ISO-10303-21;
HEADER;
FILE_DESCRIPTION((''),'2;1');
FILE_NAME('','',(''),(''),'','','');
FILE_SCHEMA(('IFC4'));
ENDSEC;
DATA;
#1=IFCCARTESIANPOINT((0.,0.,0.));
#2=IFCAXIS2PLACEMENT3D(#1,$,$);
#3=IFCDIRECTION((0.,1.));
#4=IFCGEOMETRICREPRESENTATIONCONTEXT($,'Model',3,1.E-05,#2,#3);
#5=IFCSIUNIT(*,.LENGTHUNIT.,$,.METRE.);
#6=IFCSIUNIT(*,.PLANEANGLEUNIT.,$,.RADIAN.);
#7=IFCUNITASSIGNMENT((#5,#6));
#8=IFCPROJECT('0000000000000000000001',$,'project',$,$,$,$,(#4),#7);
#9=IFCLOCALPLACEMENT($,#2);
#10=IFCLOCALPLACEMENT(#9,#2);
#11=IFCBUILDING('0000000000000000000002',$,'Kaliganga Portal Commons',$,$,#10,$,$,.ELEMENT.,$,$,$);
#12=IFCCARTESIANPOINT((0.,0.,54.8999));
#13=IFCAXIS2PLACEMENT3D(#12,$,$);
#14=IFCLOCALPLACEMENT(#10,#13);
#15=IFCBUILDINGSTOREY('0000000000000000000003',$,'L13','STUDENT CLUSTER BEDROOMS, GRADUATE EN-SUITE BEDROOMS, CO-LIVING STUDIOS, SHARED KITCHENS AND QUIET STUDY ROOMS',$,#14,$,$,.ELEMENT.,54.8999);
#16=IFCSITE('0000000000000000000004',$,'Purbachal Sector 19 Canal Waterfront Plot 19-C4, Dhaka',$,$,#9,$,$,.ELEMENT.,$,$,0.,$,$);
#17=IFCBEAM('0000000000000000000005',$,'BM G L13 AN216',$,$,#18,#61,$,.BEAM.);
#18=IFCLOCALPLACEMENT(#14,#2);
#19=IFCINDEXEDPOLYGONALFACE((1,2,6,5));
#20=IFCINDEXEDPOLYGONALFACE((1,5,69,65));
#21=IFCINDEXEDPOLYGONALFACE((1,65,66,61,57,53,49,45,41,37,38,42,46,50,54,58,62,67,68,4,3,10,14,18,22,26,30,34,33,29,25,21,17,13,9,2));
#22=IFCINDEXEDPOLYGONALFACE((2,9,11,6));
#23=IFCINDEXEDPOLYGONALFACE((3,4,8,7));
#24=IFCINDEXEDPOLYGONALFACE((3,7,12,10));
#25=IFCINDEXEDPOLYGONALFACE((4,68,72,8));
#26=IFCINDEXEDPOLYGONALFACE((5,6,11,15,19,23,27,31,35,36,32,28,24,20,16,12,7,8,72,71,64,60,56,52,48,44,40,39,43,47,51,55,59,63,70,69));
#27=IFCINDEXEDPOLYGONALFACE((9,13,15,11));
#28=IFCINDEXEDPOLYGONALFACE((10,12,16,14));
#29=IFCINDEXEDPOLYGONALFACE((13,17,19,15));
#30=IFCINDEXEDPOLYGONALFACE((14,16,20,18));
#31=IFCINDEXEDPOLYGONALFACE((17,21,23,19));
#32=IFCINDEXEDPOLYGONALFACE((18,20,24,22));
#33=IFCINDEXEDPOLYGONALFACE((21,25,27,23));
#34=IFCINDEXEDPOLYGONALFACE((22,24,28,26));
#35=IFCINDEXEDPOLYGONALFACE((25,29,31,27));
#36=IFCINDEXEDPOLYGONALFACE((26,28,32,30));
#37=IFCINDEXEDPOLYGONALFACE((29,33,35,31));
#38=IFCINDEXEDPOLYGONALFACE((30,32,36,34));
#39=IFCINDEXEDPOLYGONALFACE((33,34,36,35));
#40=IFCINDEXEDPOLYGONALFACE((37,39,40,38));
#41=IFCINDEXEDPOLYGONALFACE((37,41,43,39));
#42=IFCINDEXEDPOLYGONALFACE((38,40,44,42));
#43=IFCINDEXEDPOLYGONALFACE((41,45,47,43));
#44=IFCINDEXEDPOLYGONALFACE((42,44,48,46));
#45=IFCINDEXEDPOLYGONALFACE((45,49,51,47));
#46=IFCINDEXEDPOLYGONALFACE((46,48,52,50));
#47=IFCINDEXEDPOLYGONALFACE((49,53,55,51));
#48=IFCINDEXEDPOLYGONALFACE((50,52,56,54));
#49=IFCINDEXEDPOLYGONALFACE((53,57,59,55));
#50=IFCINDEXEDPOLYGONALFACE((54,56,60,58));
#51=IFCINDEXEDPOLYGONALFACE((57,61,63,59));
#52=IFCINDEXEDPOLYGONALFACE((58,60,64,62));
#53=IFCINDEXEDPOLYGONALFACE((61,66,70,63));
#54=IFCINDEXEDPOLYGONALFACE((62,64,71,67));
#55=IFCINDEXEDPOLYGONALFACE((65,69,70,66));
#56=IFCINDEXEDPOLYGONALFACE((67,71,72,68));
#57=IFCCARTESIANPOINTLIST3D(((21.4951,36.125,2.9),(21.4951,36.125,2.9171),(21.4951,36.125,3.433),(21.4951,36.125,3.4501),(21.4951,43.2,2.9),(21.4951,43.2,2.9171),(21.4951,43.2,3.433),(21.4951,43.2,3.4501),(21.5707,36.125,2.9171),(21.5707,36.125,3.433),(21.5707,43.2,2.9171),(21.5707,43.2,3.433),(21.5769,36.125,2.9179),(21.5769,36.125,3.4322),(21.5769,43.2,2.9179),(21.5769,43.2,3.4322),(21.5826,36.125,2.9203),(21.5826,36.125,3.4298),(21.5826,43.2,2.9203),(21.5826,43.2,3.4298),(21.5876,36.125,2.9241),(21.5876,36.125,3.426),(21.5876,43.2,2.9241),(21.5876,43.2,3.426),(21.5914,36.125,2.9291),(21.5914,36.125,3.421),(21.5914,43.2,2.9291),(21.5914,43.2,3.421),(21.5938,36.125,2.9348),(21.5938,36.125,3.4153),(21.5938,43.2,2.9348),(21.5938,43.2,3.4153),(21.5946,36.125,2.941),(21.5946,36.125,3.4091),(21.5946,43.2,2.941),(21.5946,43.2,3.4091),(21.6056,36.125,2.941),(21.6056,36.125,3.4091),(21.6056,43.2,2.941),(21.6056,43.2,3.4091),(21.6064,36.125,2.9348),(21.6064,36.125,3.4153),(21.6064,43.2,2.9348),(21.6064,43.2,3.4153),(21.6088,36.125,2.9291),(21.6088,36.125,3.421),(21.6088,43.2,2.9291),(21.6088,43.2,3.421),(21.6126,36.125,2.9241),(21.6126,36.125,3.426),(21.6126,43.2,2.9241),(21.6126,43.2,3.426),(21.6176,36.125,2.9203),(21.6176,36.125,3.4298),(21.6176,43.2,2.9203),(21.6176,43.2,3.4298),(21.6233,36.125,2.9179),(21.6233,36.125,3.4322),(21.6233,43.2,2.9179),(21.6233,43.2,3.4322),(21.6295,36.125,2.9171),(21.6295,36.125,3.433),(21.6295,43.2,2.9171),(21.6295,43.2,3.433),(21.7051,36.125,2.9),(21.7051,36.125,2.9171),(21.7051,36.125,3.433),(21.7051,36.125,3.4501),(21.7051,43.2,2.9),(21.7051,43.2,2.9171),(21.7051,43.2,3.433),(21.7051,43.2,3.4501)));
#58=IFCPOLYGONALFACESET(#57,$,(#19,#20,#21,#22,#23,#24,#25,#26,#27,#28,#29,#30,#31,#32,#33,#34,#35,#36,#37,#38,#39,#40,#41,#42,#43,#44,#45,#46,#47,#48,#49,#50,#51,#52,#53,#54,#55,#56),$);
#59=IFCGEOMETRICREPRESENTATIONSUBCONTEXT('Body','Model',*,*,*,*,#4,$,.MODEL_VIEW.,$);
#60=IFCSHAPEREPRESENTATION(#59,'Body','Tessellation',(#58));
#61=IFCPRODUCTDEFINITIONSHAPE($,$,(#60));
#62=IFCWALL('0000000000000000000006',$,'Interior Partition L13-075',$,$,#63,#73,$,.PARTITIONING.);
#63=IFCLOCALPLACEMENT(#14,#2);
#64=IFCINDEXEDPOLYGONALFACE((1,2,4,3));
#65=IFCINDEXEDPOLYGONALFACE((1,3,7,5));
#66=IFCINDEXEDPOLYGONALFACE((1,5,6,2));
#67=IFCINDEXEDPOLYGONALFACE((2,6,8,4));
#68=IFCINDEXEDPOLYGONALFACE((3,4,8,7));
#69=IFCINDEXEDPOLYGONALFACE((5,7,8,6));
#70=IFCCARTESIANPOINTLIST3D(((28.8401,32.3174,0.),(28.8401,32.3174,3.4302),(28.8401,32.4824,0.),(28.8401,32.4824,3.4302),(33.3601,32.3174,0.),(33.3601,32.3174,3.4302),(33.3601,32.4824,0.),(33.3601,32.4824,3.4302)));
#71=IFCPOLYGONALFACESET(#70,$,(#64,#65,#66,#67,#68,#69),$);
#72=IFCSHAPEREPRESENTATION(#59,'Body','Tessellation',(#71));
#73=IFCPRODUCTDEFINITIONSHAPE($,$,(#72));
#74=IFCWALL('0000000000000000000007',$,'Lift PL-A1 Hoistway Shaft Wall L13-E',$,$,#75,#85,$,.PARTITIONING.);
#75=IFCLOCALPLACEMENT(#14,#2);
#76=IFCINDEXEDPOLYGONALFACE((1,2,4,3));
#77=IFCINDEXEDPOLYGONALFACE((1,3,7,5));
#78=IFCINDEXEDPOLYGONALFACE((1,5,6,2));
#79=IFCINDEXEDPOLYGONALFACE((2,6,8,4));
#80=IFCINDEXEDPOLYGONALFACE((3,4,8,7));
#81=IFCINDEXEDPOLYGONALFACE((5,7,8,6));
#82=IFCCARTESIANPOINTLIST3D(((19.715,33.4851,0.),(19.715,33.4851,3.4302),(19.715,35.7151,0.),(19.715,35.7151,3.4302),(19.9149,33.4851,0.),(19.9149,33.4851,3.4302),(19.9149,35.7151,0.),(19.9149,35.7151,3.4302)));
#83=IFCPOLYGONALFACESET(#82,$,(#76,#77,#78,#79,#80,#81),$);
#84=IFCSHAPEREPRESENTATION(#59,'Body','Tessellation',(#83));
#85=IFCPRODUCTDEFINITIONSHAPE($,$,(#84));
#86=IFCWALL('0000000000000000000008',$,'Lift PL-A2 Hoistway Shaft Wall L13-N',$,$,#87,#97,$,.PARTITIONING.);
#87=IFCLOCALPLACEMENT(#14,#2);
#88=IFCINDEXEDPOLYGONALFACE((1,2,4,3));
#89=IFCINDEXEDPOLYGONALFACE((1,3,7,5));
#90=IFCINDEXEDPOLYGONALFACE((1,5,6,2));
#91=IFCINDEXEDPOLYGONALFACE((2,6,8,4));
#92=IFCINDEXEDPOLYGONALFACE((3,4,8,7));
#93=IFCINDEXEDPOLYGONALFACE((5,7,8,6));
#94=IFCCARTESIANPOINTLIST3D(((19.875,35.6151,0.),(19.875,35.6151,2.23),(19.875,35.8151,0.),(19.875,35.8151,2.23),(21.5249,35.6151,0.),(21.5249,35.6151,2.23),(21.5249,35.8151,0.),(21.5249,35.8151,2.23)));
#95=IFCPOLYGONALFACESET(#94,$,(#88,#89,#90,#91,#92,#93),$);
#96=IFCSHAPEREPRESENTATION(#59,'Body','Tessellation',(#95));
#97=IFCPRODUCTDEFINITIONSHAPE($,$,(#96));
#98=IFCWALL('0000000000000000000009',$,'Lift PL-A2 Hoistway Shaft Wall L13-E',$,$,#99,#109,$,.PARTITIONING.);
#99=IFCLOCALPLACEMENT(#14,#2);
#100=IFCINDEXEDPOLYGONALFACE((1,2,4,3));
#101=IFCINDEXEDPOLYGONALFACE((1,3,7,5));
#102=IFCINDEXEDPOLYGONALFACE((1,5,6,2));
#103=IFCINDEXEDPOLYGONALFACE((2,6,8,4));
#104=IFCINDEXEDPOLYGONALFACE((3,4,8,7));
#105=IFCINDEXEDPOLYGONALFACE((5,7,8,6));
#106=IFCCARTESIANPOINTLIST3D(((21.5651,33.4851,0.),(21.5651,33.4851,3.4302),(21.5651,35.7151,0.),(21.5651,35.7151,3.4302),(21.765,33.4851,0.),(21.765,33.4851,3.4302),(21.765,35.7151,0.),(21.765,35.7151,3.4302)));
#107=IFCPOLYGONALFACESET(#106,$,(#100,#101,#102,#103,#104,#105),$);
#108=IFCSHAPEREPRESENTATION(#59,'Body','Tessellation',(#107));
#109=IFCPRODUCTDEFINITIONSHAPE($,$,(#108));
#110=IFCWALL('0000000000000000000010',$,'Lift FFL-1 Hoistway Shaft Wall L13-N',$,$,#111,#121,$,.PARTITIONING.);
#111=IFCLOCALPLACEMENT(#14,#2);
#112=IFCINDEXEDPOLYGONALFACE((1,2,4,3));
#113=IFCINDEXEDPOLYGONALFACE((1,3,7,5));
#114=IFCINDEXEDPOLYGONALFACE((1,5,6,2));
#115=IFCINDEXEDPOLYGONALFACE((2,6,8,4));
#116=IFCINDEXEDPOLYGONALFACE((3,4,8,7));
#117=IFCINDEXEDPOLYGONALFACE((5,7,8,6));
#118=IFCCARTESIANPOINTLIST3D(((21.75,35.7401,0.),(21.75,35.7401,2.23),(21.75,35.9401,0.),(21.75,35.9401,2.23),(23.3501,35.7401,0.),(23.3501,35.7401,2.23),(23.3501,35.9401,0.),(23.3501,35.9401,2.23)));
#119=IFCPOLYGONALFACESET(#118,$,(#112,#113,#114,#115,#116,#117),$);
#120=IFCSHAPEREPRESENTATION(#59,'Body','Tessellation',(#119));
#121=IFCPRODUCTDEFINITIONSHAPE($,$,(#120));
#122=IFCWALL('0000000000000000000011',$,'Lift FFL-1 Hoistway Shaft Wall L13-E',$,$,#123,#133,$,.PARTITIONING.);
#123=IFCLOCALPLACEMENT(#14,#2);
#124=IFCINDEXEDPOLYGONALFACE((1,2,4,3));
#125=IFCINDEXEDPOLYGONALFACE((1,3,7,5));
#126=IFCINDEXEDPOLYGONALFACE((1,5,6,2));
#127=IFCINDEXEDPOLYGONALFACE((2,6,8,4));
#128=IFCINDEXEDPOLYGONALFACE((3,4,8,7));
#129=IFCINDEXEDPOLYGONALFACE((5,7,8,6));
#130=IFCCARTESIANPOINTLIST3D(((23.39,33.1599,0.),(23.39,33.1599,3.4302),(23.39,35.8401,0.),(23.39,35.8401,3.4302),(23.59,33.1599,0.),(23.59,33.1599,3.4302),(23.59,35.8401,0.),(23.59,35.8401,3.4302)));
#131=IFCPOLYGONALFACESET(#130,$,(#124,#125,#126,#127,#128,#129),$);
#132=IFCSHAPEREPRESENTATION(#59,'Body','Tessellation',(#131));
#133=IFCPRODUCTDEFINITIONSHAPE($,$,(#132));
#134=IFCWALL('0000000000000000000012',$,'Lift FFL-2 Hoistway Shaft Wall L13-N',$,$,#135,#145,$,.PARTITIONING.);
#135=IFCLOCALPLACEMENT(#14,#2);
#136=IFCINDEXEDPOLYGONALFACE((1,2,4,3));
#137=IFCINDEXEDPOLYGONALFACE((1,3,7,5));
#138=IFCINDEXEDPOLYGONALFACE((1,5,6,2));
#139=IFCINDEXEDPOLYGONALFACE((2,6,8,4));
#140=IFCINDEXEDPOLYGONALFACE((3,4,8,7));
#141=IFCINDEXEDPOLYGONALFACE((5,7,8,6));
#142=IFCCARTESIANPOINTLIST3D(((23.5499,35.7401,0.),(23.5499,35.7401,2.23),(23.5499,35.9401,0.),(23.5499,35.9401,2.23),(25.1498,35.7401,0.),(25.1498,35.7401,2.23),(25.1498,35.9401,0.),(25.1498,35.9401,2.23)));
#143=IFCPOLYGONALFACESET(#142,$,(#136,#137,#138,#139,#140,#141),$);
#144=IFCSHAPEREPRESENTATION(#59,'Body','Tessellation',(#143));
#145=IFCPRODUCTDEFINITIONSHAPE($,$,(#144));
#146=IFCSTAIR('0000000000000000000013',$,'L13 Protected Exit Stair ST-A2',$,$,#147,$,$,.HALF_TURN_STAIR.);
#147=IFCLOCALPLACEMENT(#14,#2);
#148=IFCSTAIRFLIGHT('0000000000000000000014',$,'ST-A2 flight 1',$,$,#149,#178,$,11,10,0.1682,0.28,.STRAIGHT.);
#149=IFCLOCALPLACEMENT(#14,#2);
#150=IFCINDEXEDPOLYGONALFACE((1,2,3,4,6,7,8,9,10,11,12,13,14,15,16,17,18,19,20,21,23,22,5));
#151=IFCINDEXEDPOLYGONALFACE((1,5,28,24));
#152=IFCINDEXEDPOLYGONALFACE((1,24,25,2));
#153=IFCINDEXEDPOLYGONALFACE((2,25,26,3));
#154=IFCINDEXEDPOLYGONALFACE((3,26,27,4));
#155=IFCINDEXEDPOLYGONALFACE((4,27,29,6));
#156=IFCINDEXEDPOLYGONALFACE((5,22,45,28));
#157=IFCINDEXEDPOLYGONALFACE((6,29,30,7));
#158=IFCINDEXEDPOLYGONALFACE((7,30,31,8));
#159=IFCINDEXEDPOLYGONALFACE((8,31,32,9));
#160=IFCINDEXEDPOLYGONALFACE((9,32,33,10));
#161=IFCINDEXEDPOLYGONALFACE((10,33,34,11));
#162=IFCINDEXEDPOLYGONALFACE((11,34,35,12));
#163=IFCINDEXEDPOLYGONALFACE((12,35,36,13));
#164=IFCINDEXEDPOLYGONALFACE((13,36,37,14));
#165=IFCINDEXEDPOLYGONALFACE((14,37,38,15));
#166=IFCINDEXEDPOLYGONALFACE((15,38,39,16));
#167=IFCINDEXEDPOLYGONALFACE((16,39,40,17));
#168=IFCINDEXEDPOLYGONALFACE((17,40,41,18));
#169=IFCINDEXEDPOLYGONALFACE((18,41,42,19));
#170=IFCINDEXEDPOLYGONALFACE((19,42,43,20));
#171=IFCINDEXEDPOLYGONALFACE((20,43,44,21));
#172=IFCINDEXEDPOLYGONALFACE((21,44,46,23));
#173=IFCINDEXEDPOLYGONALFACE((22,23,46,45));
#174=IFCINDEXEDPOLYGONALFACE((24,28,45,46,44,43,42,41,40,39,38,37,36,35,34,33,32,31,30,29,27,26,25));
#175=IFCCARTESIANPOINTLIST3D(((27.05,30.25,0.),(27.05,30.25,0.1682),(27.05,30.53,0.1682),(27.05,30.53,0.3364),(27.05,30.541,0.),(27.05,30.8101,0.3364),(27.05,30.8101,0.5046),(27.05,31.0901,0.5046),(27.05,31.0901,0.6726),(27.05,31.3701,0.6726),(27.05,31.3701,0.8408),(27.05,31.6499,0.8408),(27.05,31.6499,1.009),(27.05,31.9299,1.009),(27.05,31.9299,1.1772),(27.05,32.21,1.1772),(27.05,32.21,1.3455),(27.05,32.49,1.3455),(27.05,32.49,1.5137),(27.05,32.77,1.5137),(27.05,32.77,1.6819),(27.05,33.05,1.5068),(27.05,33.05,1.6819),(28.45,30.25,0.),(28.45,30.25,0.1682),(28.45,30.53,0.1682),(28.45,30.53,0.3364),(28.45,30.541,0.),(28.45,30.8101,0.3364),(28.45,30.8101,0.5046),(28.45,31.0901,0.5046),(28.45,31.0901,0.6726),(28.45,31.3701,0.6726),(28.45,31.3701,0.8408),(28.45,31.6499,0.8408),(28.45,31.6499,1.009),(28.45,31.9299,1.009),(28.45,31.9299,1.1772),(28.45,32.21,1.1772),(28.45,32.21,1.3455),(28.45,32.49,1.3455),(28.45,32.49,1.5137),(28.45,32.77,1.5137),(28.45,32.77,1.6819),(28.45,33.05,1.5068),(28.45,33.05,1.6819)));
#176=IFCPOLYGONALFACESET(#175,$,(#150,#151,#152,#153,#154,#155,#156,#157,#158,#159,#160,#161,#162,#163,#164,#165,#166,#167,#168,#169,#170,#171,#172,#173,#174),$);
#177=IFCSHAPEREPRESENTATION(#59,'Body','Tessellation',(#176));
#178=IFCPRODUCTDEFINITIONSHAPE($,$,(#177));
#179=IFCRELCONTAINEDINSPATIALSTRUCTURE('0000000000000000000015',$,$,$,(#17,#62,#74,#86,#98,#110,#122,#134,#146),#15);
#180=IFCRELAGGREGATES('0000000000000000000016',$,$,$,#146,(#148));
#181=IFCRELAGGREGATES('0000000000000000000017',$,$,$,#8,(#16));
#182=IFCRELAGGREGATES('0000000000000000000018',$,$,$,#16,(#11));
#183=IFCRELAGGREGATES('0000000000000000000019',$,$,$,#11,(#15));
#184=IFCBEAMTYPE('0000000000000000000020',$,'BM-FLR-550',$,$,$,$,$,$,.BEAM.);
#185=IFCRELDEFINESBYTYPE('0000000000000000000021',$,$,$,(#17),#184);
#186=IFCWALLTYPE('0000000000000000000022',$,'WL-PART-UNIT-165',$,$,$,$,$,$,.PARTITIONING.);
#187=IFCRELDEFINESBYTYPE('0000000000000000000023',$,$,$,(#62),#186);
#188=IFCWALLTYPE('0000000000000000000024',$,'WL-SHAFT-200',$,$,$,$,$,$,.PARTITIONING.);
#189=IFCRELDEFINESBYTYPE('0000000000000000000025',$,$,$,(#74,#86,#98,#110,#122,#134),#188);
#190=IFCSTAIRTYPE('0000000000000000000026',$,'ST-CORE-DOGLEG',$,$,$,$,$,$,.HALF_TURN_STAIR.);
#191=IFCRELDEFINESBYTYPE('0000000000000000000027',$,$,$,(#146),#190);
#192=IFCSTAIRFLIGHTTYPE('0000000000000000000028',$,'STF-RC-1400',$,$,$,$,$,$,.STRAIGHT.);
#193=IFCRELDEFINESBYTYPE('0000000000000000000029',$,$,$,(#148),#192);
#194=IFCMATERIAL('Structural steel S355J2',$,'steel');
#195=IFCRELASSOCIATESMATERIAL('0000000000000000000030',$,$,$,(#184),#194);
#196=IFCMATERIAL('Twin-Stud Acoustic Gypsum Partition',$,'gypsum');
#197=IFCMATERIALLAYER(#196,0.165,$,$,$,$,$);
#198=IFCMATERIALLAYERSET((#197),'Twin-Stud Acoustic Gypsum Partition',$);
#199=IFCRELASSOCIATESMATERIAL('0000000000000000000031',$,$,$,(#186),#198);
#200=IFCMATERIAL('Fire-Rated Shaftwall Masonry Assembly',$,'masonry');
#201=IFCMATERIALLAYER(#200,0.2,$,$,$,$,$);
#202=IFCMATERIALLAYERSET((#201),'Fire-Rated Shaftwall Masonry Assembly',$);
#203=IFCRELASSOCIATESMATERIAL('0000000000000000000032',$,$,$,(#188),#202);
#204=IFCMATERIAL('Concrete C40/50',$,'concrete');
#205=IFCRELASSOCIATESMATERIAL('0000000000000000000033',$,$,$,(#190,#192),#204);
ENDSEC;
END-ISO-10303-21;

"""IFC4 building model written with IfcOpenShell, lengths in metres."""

from ifc_helpers import new_model, si_unit, direction, frame, frame_2d, origin, origin_2d, place, context, subcontext, project, spatial, polyline, rectangle, i_section, outline, extrude, source, transform, mapped, material, layer, layer_set, material_profile, profile_set, type_object, element, aggregate, save


model = new_model("IFC4")

# Units and contexts
model_context = context("Model", 3, precision=1e-05, world=origin(), true_north=direction((0.0, 1.0)))
body_context = subcontext(model_context, "Body", "Model", "MODEL_VIEW")
ifc_project = project(units=[si_unit("LENGTHUNIT", "METRE"), si_unit("PLANEANGLEUNIT", "RADIAN")], contexts=[model_context])

# Site, building, storey
site_placement = place(None, origin())
site = spatial("IfcSite", under=ifc_project, at=site_placement, Name="Purbachal Sector 19 Canal Waterfront Plot 19-C4, Dhaka", CompositionType="ELEMENT", RefElevation=0.0)
building_placement = place(site_placement, origin())
building = spatial("IfcBuilding", under=site, at=building_placement, Name="Kaliganga Portal Commons", CompositionType="ELEMENT")
storey_placement = place(building_placement, frame((0.0, 0.0, 54.8999)))
storey = spatial("IfcBuildingStorey", under=building, at=storey_placement, Name="L13", Description="STUDENT CLUSTER BEDROOMS, GRADUATE EN-SUITE BEDROOMS, CO-LIVING STUDIOS, SHARED KITCHENS AND QUIET STUDY ROOMS", CompositionType="ELEMENT", Elevation=54.8999)

# Beam
ifc_material_1 = material(Name="Structural steel S355J2", Category="steel")
ifc_material_profile = material_profile(ifc_material_1, i_section(OverallWidth=0.21, OverallDepth=0.55, WebThickness=0.011, FlangeThickness=0.0171, FilletRadius=0.0239, at=origin_2d()), Name="IPE 550")
ifc_profile_set = profile_set([ifc_material_profile], Name="Structural steel S355J2 wide-flange")
beam_type = type_object("IfcBeamType", Name="BM-FLR-550", PredefinedType="BEAM", material=ifc_profile_set)
shared_shape_1 = source(origin(), body_context, "Body", "SweptSolid", [
    extrude(i_section(OverallWidth=0.21, OverallDepth=0.55, WebThickness=0.011, FlangeThickness=0.0171, FilletRadius=0.0239, at=origin_2d()), origin(), (0.0, 0.0, 1.0), 7.075),
])
beam_placement = place(storey_placement, frame((21.6001, 36.125, 3.175), z_axis=(0.0, 1.0, 0.0), x_axis=(-1.0, 0.0, 0.0)))
element("IfcBeam", 1, at=beam_placement, inside=storey, type_object=beam_type, Name="BM G L13 AN216", PredefinedType="BEAM", context=body_context, shape_type="MappedRepresentation", body=[
    mapped(shared_shape_1, transform((0.0, 0.0, 0.0), x_axis=(1.0, 0.0, 0.0), y_axis=(0.0, 1.0, 0.0), z_axis=(0.0, 0.0, 1.0), scale=1.0)),
])

# Walls
ifc_material_2 = material(Name="Twin-Stud Acoustic Gypsum Partition", Category="gypsum")
ifc_layer_1 = layer(ifc_material_2, 0.165)
ifc_layer_set_1 = layer_set([ifc_layer_1], Name="Twin-Stud Acoustic Gypsum Partition")
wall_type_1 = type_object("IfcWallType", Name="WL-PART-UNIT-165", PredefinedType="PARTITIONING", material=ifc_layer_set_1)
wall_1_placement = place(storey_placement, frame((28.8401, 32.3999, 0.0), z_axis=(0.0, 0.0, 1.0), x_axis=(1.0, 0.0, 0.0)))
element("IfcWall", 2, at=wall_1_placement, inside=storey, type_object=wall_type_1, Name="Interior Partition L13-075", PredefinedType="PARTITIONING", context=body_context, shape_type="SweptSolid", body=[
    extrude(rectangle(XDim=4.52, YDim=0.165, at=frame_2d((2.26, 0.0))), origin(), (0.0, 0.0, 1.0), 3.4302),
])
ifc_material_3 = material(Name="Fire-Rated Shaftwall Masonry Assembly", Category="masonry")
ifc_layer_2 = layer(ifc_material_3, 0.2)
ifc_layer_set_2 = layer_set([ifc_layer_2], Name="Fire-Rated Shaftwall Masonry Assembly")
wall_type_2 = type_object("IfcWallType", Name="WL-SHAFT-200", PredefinedType="PARTITIONING", material=ifc_layer_set_2)
wall_2_placement = place(storey_placement, frame((19.8149, 33.4851, 0.0), z_axis=(0.0, 0.0, 1.0), x_axis=(0.0, 1.0, 0.0)))
element("IfcWall", 3, at=wall_2_placement, inside=storey, type_object=wall_type_2, Name="Lift PL-A1 Hoistway Shaft Wall L13-E", PredefinedType="PARTITIONING", context=body_context, shape_type="SweptSolid", body=[
    extrude(rectangle(XDim=2.23, YDim=0.2, at=frame_2d((1.115, 0.0))), origin(), (0.0, 0.0, 1.0), 3.4302),
])

# Walls
wall_3_placement = place(storey_placement, frame((19.875, 35.7151, 0.0), z_axis=(0.0, 0.0, 1.0), x_axis=(1.0, 0.0, 0.0)))
element("IfcWall", 4, at=wall_3_placement, inside=storey, type_object=wall_type_2, Name="Lift PL-A2 Hoistway Shaft Wall L13-N", PredefinedType="PARTITIONING", context=body_context, shape_type="SweptSolid", body=[
    extrude(rectangle(XDim=1.6499, YDim=0.2, at=frame_2d((0.825, 0.0))), origin(), (0.0, 0.0, 1.0), 2.23),
])
wall_4_placement = place(storey_placement, frame((21.665, 33.4851, 0.0), z_axis=(0.0, 0.0, 1.0), x_axis=(0.0, 1.0, 0.0)))
element("IfcWall", 5, at=wall_4_placement, inside=storey, type_object=wall_type_2, Name="Lift PL-A2 Hoistway Shaft Wall L13-E", PredefinedType="PARTITIONING", context=body_context, shape_type="SweptSolid", body=[
    extrude(rectangle(XDim=2.23, YDim=0.2, at=frame_2d((1.115, 0.0))), origin(), (0.0, 0.0, 1.0), 3.4302),
])

# Walls
wall_5_placement = place(storey_placement, frame((21.75, 35.8401, 0.0), z_axis=(0.0, 0.0, 1.0), x_axis=(1.0, 0.0, 0.0)))
element("IfcWall", 6, at=wall_5_placement, inside=storey, type_object=wall_type_2, Name="Lift FFL-1 Hoistway Shaft Wall L13-N", PredefinedType="PARTITIONING", context=body_context, shape_type="SweptSolid", body=[
    extrude(rectangle(XDim=1.6001, YDim=0.2, at=frame_2d((0.8, 0.0))), origin(), (0.0, 0.0, 1.0), 2.23),
])
wall_6_placement = place(storey_placement, frame((23.49, 33.1599, 0.0), z_axis=(0.0, 0.0, 1.0), x_axis=(0.0, 1.0, 0.0)))
element("IfcWall", 7, at=wall_6_placement, inside=storey, type_object=wall_type_2, Name="Lift FFL-1 Hoistway Shaft Wall L13-E", PredefinedType="PARTITIONING", context=body_context, shape_type="SweptSolid", body=[
    extrude(rectangle(XDim=2.6802, YDim=0.2, at=frame_2d((1.3401, 0.0))), origin(), (0.0, 0.0, 1.0), 3.4302),
])

# Wall
wall_7_placement = place(storey_placement, frame((23.55, 35.8401, 0.0), z_axis=(0.0, 0.0, 1.0), x_axis=(1.0, 0.0, 0.0)))
element("IfcWall", 8, at=wall_7_placement, inside=storey, type_object=wall_type_2, Name="Lift FFL-2 Hoistway Shaft Wall L13-N", PredefinedType="PARTITIONING", context=body_context, shape_type="SweptSolid", body=[
    extrude(rectangle(XDim=1.5999, YDim=0.2, at=frame_2d((0.7998, 0.0))), origin(), (0.0, 0.0, 1.0), 2.23),
])

# Stair, stair flight
ifc_material_4 = material(Name="Concrete C40/50", Category="concrete")
stair_type = type_object("IfcStairType", Name="ST-CORE-DOGLEG", PredefinedType="HALF_TURN_STAIR", material=ifc_material_4)
stair_placement = place(storey_placement, origin())
stair = element("IfcStair", 9, at=stair_placement, inside=storey, type_object=stair_type, Name="L13 Protected Exit Stair ST-A2", PredefinedType="HALF_TURN_STAIR")
stair_flight_type = type_object("IfcStairFlightType", Name="STF-RC-1400", PredefinedType="STRAIGHT", material=ifc_material_4)
stair_flight_1_placement = place(storey_placement, frame((27.75, 30.25, 0.0), z_axis=(0.0, 0.0, 1.0), x_axis=(0.0, 1.0, 0.0)))
stair_flight_1 = element("IfcStairFlight", 10, at=stair_flight_1_placement, type_object=stair_flight_type, Name="ST-A2 flight 1", NumberOfRisers=11, NumberOfTreads=10, PredefinedType="STRAIGHT", RiserHeight=0.1682, TreadLength=0.28, context=body_context, shape_type="SweptSolid", body=[
    extrude(outline(polyline([(0.0, 0.0), (0.0, 0.1682), (0.28, 0.1682), (0.28, 0.3364), (0.5601, 0.3364), (0.5601, 0.5046), (0.8401, 0.5046), (0.8401, 0.6726), (1.1201, 0.6726), (1.1201, 0.8408), (1.3999, 0.8408), (1.3999, 1.009), (1.6799, 1.009), (1.6799, 1.1772), (1.96, 1.1772), (1.96, 1.3455), (2.24, 1.3455), (2.24, 1.5137), (2.52, 1.5137), (2.52, 1.6819), (2.8, 1.6819), (2.8, 1.8501), (2.8, 1.5068), (0.291, 0.0), (0.0, 0.0)])), frame((0.0, 0.7, 0.0), z_axis=(0.0, -1.0, 0.0), x_axis=(1.0, 0.0, 0.0)), (0.0, 0.0, 1.0), 1.3999),
])
aggregate(stair, [stair_flight_1])

save(model, "model.ifc")
